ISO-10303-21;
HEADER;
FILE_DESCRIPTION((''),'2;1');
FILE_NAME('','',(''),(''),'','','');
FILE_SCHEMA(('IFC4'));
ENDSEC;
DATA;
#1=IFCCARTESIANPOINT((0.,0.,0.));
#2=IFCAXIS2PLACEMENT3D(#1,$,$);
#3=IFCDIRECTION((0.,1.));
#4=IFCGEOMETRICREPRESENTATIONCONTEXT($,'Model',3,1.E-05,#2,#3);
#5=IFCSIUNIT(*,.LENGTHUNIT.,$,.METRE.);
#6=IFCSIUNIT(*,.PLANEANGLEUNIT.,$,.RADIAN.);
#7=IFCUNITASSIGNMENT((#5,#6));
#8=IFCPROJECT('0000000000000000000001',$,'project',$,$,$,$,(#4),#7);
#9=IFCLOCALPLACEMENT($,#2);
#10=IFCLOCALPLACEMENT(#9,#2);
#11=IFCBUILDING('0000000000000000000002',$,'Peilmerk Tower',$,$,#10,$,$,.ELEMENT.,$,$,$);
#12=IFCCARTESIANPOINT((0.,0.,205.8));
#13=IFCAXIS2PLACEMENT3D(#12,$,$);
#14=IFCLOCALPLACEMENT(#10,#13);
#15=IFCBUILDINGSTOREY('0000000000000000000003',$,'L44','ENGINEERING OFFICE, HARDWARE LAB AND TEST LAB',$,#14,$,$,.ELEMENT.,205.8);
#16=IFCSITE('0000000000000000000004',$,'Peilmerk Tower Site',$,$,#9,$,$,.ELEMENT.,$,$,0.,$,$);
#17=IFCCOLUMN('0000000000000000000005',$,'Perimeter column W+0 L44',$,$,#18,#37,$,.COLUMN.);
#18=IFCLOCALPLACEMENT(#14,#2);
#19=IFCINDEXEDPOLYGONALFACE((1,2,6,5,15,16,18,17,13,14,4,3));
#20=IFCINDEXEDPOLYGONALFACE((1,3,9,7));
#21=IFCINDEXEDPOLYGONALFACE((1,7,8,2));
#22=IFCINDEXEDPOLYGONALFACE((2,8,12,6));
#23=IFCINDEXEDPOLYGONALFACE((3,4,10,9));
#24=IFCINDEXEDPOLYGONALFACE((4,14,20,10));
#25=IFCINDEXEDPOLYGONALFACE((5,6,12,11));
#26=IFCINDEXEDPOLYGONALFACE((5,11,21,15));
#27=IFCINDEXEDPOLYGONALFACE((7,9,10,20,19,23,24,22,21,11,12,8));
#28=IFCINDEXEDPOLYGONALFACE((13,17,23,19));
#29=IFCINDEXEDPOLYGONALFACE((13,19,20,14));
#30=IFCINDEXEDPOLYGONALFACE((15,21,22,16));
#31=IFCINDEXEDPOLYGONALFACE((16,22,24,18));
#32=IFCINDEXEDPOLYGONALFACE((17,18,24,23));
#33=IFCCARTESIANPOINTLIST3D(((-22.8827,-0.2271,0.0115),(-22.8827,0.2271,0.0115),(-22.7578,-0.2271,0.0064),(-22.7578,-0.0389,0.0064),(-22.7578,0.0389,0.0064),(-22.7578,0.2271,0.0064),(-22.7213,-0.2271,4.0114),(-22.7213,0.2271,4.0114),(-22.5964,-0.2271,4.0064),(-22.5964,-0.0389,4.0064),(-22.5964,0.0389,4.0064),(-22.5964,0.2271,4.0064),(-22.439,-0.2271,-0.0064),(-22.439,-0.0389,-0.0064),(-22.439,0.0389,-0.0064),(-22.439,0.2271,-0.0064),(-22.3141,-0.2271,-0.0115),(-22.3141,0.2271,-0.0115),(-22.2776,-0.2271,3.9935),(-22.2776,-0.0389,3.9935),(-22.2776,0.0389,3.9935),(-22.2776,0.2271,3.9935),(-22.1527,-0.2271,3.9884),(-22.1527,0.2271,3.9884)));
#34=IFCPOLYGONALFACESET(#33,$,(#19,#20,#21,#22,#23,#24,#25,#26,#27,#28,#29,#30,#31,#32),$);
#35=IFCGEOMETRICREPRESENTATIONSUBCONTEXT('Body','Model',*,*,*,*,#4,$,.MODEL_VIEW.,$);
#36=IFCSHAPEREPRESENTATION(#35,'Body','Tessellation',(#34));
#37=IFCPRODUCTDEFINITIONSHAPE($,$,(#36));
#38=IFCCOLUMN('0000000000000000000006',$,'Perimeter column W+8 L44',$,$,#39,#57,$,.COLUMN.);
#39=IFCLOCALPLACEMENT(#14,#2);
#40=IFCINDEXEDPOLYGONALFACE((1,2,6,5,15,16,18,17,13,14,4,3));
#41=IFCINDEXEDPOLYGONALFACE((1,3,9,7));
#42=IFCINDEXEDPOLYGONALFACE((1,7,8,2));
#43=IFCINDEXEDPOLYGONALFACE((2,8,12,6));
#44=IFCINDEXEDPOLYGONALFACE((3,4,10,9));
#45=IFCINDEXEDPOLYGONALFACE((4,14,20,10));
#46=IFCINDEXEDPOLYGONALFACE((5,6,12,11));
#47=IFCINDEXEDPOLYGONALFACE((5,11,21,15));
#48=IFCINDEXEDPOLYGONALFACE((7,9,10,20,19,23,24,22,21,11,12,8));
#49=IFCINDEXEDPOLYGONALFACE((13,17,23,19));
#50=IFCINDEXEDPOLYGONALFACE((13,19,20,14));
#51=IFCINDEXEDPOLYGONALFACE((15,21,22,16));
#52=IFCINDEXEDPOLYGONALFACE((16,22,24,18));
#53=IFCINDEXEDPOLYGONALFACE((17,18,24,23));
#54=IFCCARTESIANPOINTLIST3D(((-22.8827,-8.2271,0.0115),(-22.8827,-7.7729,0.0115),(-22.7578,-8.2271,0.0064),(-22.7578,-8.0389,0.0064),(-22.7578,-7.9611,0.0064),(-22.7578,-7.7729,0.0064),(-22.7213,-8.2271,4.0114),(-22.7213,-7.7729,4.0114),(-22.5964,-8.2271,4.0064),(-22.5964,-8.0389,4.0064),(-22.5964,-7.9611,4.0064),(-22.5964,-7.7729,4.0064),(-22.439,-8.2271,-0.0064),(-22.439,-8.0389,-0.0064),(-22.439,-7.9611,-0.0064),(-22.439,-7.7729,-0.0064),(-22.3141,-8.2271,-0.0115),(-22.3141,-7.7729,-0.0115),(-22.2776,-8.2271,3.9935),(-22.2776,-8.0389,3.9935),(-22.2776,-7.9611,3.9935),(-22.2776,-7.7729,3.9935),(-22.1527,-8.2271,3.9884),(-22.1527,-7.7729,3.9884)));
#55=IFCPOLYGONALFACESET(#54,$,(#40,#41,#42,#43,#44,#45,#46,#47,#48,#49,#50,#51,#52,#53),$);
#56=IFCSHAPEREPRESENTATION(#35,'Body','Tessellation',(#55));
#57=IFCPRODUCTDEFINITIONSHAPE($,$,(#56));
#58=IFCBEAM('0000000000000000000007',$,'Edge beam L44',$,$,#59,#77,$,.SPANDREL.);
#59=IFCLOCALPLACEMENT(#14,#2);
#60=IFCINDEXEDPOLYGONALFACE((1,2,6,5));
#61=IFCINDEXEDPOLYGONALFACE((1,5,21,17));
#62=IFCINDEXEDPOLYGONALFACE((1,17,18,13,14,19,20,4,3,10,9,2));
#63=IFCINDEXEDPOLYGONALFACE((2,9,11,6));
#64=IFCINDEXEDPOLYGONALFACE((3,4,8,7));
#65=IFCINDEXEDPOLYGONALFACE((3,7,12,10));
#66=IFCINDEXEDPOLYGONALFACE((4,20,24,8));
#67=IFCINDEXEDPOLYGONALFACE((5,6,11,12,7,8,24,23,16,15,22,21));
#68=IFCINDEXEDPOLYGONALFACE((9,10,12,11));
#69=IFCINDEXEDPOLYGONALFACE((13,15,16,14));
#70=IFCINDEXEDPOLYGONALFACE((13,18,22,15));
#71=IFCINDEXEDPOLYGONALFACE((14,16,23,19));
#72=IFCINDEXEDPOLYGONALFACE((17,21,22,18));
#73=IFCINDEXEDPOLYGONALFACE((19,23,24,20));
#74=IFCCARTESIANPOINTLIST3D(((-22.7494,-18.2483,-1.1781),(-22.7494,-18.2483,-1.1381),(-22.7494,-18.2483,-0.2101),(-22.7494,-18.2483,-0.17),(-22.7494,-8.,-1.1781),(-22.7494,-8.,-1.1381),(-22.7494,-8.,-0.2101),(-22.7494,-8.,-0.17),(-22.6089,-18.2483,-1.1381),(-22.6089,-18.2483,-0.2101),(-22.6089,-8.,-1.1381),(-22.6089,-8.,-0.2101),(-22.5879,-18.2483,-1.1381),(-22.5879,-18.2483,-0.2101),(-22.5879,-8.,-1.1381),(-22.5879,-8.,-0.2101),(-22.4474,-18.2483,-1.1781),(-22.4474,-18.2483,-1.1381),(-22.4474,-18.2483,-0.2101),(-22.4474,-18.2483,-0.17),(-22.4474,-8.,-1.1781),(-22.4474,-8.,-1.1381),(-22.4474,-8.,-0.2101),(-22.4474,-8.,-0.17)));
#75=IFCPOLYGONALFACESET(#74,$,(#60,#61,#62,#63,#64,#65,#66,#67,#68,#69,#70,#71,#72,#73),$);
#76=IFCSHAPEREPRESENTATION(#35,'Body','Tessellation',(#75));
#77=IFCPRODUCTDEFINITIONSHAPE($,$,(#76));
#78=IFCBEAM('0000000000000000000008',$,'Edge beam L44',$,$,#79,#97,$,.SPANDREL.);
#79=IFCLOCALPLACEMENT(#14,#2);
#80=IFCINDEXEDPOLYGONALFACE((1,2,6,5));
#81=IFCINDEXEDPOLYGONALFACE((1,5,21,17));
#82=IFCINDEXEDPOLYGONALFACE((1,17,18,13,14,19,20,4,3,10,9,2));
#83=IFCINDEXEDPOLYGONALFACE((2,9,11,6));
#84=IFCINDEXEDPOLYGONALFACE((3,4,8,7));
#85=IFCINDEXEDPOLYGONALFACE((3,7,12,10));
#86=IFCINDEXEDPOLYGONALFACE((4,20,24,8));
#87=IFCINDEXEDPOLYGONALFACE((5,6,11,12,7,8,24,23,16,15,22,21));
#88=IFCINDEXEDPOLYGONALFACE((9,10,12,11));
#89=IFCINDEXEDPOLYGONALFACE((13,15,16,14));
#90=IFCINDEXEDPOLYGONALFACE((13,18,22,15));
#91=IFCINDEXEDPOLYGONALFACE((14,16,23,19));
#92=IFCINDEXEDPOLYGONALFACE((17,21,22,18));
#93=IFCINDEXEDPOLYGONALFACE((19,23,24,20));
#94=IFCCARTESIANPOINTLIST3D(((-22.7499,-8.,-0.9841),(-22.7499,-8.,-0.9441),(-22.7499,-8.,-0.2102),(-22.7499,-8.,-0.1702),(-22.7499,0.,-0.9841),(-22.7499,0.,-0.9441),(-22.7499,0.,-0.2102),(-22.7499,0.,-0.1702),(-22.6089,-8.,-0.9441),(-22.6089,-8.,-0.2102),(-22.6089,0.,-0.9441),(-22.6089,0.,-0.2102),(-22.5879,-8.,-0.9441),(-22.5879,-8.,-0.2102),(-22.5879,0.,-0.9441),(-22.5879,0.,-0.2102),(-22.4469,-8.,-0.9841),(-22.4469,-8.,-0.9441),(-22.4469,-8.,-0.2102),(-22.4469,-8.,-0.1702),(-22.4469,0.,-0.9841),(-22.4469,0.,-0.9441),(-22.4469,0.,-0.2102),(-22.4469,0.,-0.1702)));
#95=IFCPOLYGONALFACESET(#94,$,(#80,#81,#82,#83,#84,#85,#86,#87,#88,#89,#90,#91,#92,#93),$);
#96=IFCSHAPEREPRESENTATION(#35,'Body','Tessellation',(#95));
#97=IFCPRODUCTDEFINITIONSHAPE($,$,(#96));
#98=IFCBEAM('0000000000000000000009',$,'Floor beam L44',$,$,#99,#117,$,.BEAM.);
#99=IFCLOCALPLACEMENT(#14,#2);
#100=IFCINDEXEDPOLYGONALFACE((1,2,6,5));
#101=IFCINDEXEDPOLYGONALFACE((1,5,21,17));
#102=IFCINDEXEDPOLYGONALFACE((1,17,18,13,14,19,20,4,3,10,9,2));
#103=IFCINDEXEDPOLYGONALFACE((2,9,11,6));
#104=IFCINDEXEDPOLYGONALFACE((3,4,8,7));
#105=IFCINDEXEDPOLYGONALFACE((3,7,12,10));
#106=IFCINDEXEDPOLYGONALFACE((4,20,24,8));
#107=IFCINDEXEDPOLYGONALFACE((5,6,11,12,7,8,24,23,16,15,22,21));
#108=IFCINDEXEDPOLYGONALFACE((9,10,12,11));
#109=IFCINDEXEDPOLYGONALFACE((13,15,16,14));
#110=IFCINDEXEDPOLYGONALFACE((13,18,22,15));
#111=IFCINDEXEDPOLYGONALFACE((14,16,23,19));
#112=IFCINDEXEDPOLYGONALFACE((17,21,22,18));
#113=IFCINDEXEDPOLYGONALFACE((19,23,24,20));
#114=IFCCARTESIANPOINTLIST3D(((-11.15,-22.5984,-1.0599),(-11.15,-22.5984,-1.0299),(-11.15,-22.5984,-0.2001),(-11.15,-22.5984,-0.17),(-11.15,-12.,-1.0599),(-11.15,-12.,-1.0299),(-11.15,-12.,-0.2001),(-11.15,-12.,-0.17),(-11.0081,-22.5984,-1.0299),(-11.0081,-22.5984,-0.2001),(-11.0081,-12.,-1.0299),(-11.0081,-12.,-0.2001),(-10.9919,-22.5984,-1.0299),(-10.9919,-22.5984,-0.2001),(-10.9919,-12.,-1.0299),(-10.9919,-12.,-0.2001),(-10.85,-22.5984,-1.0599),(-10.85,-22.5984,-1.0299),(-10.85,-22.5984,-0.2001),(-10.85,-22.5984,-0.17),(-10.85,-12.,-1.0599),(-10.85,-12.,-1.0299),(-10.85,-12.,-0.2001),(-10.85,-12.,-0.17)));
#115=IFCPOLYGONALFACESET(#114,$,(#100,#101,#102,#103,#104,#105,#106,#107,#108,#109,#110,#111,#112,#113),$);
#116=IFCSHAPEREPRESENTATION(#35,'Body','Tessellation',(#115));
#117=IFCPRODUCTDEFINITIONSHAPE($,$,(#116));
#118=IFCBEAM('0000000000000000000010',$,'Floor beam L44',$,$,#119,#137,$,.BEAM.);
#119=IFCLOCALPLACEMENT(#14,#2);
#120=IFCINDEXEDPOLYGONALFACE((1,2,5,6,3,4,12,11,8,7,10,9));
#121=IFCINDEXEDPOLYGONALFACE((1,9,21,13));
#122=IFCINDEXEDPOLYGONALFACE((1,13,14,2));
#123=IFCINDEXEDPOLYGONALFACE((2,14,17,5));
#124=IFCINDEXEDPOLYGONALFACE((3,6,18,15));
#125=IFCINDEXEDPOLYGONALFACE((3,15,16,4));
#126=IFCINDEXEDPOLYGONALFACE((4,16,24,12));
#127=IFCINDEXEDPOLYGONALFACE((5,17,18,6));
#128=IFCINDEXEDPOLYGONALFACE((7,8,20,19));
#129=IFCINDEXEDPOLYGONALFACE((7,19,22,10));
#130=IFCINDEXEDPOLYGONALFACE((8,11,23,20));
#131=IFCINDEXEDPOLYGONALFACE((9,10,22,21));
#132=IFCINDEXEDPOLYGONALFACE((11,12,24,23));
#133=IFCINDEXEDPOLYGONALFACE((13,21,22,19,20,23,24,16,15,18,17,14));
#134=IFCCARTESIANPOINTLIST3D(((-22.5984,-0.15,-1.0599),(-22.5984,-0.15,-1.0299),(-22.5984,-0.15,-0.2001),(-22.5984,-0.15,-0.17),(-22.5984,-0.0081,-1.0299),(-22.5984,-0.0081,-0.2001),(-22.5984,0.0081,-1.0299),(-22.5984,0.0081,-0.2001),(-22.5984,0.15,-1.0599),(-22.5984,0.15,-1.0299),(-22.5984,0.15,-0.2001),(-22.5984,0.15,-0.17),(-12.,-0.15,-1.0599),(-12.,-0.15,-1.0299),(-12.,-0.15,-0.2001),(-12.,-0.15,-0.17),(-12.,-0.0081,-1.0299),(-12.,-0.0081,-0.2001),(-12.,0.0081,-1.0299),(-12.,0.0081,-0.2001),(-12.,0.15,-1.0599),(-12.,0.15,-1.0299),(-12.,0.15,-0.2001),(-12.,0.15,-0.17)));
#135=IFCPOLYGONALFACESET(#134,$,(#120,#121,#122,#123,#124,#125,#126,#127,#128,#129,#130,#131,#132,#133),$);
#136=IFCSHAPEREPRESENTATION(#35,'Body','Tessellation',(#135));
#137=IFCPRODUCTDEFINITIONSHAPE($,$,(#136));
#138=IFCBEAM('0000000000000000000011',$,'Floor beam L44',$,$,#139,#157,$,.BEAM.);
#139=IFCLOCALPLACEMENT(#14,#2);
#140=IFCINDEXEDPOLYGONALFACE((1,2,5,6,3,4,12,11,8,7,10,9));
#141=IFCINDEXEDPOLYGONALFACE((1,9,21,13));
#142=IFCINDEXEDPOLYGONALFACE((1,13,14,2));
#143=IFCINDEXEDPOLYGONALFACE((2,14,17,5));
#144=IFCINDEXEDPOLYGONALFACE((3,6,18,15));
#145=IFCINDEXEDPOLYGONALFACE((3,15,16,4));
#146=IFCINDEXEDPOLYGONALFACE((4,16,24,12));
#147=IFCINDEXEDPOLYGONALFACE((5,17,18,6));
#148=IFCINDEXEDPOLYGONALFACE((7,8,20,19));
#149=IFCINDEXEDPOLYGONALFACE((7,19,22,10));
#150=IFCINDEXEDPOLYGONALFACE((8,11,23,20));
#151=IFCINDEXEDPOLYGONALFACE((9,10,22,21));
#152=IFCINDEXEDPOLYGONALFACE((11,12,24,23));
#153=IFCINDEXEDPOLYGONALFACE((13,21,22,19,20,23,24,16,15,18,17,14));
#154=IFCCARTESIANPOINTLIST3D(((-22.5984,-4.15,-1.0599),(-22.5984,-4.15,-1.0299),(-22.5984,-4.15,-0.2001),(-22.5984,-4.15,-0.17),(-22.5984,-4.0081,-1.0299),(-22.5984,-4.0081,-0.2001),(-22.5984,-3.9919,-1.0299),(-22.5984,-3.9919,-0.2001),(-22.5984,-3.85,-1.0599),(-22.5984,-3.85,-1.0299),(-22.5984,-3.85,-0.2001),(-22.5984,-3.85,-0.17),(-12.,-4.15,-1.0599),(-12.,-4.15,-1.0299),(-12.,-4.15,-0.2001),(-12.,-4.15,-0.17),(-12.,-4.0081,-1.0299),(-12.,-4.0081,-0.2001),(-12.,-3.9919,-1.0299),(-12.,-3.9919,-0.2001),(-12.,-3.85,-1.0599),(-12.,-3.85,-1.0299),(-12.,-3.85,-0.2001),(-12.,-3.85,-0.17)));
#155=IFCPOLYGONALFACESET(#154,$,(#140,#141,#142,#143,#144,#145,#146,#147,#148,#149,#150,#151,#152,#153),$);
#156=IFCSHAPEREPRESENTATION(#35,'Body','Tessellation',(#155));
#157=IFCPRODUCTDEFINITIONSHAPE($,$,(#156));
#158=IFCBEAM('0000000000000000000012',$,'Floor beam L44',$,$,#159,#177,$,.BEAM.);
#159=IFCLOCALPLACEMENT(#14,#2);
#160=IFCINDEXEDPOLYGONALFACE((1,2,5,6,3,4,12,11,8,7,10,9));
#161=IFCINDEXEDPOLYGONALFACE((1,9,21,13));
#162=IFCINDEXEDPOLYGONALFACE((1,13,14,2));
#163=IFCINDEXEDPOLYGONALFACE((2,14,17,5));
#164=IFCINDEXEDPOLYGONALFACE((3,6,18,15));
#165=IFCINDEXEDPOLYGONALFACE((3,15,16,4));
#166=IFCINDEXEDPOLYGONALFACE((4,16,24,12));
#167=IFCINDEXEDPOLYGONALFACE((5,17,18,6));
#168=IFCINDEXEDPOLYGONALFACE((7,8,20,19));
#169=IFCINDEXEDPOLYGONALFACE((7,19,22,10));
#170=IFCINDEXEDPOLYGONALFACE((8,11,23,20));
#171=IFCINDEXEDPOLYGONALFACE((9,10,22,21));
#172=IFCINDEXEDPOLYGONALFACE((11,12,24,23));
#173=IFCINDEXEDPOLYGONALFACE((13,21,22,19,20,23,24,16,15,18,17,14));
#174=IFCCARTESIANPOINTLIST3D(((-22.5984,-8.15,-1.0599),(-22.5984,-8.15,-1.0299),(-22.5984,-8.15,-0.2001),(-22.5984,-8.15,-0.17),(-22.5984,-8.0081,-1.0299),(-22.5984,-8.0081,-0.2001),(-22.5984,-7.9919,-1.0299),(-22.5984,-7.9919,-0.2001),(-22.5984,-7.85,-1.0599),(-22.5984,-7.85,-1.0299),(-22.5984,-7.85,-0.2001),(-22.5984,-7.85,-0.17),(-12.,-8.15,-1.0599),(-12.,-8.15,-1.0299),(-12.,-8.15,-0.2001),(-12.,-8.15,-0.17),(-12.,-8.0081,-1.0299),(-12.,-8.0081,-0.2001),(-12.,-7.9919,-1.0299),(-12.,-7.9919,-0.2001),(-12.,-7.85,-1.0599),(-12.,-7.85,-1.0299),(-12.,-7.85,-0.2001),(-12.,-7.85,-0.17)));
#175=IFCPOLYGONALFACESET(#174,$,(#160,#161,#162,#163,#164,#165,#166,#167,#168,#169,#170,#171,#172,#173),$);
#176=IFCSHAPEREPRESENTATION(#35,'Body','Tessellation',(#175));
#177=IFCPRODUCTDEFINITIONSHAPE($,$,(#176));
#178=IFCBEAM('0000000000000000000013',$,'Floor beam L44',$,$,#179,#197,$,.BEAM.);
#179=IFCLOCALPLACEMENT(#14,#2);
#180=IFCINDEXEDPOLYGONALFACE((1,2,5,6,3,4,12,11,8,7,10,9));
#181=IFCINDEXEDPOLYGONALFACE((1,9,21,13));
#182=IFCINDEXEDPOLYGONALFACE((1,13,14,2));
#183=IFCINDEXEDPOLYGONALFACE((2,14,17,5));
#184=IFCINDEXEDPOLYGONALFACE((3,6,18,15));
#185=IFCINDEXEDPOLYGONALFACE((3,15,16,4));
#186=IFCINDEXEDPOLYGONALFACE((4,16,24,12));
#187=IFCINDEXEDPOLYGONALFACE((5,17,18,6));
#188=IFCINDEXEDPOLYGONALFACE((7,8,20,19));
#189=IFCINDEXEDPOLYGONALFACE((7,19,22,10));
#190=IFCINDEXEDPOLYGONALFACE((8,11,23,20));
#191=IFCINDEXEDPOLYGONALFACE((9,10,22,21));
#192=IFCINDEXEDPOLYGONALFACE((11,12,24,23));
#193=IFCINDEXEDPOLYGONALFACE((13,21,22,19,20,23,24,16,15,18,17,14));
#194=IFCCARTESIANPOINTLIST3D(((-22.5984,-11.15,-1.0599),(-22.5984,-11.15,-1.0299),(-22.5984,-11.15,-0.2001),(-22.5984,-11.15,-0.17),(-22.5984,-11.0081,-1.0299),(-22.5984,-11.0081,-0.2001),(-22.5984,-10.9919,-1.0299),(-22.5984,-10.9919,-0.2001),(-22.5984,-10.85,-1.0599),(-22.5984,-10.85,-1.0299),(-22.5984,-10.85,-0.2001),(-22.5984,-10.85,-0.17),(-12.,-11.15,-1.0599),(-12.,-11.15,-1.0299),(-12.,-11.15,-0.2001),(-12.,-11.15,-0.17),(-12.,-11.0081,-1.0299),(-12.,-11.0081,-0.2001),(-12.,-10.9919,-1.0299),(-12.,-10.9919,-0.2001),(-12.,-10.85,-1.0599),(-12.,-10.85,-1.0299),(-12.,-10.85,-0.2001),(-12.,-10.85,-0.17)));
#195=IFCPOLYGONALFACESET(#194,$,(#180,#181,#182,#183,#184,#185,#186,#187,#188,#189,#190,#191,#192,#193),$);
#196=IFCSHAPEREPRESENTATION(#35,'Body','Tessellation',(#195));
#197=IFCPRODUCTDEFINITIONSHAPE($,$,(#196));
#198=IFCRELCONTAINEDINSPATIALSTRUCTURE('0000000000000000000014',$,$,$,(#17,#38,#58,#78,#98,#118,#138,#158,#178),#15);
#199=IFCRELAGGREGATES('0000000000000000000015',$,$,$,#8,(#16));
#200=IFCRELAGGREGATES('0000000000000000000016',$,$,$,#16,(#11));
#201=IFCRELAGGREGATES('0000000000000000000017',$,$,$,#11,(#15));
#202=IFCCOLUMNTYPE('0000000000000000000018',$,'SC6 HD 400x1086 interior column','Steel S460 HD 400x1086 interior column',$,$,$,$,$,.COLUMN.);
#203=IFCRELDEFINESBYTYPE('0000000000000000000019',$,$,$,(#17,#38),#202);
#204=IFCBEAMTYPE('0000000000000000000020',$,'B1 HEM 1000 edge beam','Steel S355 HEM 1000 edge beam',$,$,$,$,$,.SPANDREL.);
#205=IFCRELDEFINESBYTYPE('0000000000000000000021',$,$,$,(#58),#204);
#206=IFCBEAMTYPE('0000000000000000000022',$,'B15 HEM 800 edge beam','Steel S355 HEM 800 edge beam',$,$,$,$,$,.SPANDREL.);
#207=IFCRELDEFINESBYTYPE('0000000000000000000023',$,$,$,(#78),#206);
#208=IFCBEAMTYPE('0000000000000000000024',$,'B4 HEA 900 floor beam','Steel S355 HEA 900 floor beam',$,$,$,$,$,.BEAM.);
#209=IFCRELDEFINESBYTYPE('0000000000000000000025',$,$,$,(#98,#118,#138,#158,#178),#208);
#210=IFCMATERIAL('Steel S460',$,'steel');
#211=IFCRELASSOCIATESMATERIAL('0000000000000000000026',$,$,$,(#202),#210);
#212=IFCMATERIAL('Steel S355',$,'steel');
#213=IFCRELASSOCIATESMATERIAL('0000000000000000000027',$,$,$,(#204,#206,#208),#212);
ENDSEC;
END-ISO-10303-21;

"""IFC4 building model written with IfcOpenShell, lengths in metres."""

from ifc_helpers import new_model, si_unit, direction, frame, origin, origin_2d, place, context, subcontext, project, spatial, i_section, extrude, material, material_profile, profile_set, type_object, element, save


model = new_model("IFC4")

# Units and contexts
model_context = context("Model", 3, precision=1e-05, world=origin(), true_north=direction((0.0, 1.0)))
body_context = subcontext(model_context, "Body", "Model", "MODEL_VIEW")
ifc_project = project(units=[si_unit("LENGTHUNIT", "METRE"), si_unit("PLANEANGLEUNIT", "RADIAN")], contexts=[model_context])

# Site, building, storey
site_placement = place(None, origin())
site = spatial("IfcSite", under=ifc_project, at=site_placement, Name="Peilmerk Tower Site", CompositionType="ELEMENT", RefElevation=0.0)
building_placement = place(site_placement, origin())
building = spatial("IfcBuilding", under=site, at=building_placement, Name="Peilmerk Tower", CompositionType="ELEMENT")
storey_placement = place(building_placement, frame((0.0, 0.0, 205.8)))
storey = spatial("IfcBuildingStorey", under=building, at=storey_placement, Name="L44", Description="ENGINEERING OFFICE, HARDWARE LAB AND TEST LAB", CompositionType="ELEMENT", Elevation=205.8)

# Columns
ifc_material_1 = material(Name="Steel S460", Category="steel")
ifc_material_profile_1 = material_profile(ifc_material_1, i_section(OverallWidth=0.4541, OverallDepth=0.5691, WebThickness=0.0779, FlangeThickness=0.125, at=origin_2d()), Name="HD 400x1086")
ifc_profile_set_1 = profile_set([ifc_material_profile_1], Name="Steel S460")
column_type = type_object("IfcColumnType", Name="SC6 HD 400x1086 interior column", Description="Steel S460 HD 400x1086 interior column", PredefinedType="COLUMN", material=ifc_profile_set_1)
for number, where, z_axis, x_axis, name in (
    (1, (-22.5984, 0.0, 0.0), (0.040311, 0.0, 0.999187), (0.0, 1.0, 0.0), "Perimeter column W+0 L44"),
    (2, (-22.5984, -8.0, 0.0), (0.040311, 0.0, 0.999187), (0.0, 1.0, 0.0), "Perimeter column W+8 L44"),
):
    element("IfcColumn", number, at=place(storey_placement, frame(where, z_axis=z_axis, x_axis=x_axis)), inside=storey, type_object=column_type, Name=name, PredefinedType="COLUMN", context=body_context, shape_type="SweptSolid", body=[
        extrude(i_section(OverallWidth=0.4541, OverallDepth=0.5691, WebThickness=0.0779, FlangeThickness=0.125, at=origin_2d()), origin(), (0.0, 0.0, 1.0), 4.0032),
    ])

# Beams
ifc_material_2 = material(Name="Steel S355", Category="steel")
ifc_material_profile_2 = material_profile(ifc_material_2, i_section(OverallWidth=0.302, OverallDepth=1.0081, WebThickness=0.021, FlangeThickness=0.04, at=origin_2d()), Name="HEM 1000")
ifc_profile_set_2 = profile_set([ifc_material_profile_2], Name="Steel S355")
beam_type_1 = type_object("IfcBeamType", Name="B1 HEM 1000 edge beam", Description="Steel S355 HEM 1000 edge beam", PredefinedType="SPANDREL", material=ifc_profile_set_2)
beam_1_placement = place(storey_placement, frame((-22.5984, -8.0, -0.6741), z_axis=(0.0, -1.0, 0.0), x_axis=(1.0, 0.0, 0.0)))
element("IfcBeam", 3, at=beam_1_placement, inside=storey, type_object=beam_type_1, Name="Edge beam L44", PredefinedType="SPANDREL", context=body_context, shape_type="SweptSolid", body=[
    extrude(i_section(OverallWidth=0.302, OverallDepth=1.0081, WebThickness=0.021, FlangeThickness=0.04, at=origin_2d()), origin(), (0.0, 0.0, 1.0), 10.2483),
])
ifc_material_profile_3 = material_profile(ifc_material_2, i_section(OverallWidth=0.303, OverallDepth=0.814, WebThickness=0.021, FlangeThickness=0.04, at=origin_2d()), Name="HEM 800")
ifc_profile_set_3 = profile_set([ifc_material_profile_3], Name="Steel S355")
beam_type_2 = type_object("IfcBeamType", Name="B15 HEM 800 edge beam", Description="Steel S355 HEM 800 edge beam", PredefinedType="SPANDREL", material=ifc_profile_set_3)
beam_2_placement = place(storey_placement, frame((-22.5984, 0.0, -0.5771), z_axis=(0.0, -1.0, 0.0), x_axis=(1.0, 0.0, 0.0)))
element("IfcBeam", 4, at=beam_2_placement, inside=storey, type_object=beam_type_2, Name="Edge beam L44", PredefinedType="SPANDREL", context=body_context, shape_type="SweptSolid", body=[
    extrude(i_section(OverallWidth=0.303, OverallDepth=0.814, WebThickness=0.021, FlangeThickness=0.04, at=origin_2d()), origin(), (0.0, 0.0, 1.0), 8.0),
])
ifc_material_profile_4 = material_profile(ifc_material_2, i_section(OverallWidth=0.3, OverallDepth=0.8899, WebThickness=0.0161, FlangeThickness=0.03, at=origin_2d()), Name="HEA 900")
ifc_profile_set_4 = profile_set([ifc_material_profile_4], Name="Steel S355")
beam_type_3 = type_object("IfcBeamType", Name="B4 HEA 900 floor beam", Description="Steel S355 HEA 900 floor beam", PredefinedType="BEAM", material=ifc_profile_set_4)
for number, where, z_axis, x_axis, name in (
    (5, (-11.0, -12.0, -0.615), (0.0, -1.0, 0.0), (1.0, 0.0, 0.0), "Floor beam L44"),
    (6, (-12.0, 0.0, -0.615), (-1.0, 0.0, 0.0), (0.0, -1.0, 0.0), "Floor beam L44"),
    (7, (-12.0, -4.0, -0.615), (-1.0, 0.0, 0.0), (0.0, -1.0, 0.0), "Floor beam L44"),
    (8, (-12.0, -8.0, -0.615), (-1.0, 0.0, 0.0), (0.0, -1.0, 0.0), "Floor beam L44"),
    (9, (-12.0, -11.0, -0.615), (-1.0, 0.0, 0.0), (0.0, -1.0, 0.0), "Floor beam L44"),
):
    element("IfcBeam", number, at=place(storey_placement, frame(where, z_axis=z_axis, x_axis=x_axis)), inside=storey, type_object=beam_type_3, Name=name, PredefinedType="BEAM", context=body_context, shape_type="SweptSolid", body=[
        extrude(i_section(OverallWidth=0.3, OverallDepth=0.8899, WebThickness=0.0161, FlangeThickness=0.03, at=origin_2d()), origin(), (0.0, 0.0, 1.0), 10.5984),
    ])

save(model, "model.ifc")
